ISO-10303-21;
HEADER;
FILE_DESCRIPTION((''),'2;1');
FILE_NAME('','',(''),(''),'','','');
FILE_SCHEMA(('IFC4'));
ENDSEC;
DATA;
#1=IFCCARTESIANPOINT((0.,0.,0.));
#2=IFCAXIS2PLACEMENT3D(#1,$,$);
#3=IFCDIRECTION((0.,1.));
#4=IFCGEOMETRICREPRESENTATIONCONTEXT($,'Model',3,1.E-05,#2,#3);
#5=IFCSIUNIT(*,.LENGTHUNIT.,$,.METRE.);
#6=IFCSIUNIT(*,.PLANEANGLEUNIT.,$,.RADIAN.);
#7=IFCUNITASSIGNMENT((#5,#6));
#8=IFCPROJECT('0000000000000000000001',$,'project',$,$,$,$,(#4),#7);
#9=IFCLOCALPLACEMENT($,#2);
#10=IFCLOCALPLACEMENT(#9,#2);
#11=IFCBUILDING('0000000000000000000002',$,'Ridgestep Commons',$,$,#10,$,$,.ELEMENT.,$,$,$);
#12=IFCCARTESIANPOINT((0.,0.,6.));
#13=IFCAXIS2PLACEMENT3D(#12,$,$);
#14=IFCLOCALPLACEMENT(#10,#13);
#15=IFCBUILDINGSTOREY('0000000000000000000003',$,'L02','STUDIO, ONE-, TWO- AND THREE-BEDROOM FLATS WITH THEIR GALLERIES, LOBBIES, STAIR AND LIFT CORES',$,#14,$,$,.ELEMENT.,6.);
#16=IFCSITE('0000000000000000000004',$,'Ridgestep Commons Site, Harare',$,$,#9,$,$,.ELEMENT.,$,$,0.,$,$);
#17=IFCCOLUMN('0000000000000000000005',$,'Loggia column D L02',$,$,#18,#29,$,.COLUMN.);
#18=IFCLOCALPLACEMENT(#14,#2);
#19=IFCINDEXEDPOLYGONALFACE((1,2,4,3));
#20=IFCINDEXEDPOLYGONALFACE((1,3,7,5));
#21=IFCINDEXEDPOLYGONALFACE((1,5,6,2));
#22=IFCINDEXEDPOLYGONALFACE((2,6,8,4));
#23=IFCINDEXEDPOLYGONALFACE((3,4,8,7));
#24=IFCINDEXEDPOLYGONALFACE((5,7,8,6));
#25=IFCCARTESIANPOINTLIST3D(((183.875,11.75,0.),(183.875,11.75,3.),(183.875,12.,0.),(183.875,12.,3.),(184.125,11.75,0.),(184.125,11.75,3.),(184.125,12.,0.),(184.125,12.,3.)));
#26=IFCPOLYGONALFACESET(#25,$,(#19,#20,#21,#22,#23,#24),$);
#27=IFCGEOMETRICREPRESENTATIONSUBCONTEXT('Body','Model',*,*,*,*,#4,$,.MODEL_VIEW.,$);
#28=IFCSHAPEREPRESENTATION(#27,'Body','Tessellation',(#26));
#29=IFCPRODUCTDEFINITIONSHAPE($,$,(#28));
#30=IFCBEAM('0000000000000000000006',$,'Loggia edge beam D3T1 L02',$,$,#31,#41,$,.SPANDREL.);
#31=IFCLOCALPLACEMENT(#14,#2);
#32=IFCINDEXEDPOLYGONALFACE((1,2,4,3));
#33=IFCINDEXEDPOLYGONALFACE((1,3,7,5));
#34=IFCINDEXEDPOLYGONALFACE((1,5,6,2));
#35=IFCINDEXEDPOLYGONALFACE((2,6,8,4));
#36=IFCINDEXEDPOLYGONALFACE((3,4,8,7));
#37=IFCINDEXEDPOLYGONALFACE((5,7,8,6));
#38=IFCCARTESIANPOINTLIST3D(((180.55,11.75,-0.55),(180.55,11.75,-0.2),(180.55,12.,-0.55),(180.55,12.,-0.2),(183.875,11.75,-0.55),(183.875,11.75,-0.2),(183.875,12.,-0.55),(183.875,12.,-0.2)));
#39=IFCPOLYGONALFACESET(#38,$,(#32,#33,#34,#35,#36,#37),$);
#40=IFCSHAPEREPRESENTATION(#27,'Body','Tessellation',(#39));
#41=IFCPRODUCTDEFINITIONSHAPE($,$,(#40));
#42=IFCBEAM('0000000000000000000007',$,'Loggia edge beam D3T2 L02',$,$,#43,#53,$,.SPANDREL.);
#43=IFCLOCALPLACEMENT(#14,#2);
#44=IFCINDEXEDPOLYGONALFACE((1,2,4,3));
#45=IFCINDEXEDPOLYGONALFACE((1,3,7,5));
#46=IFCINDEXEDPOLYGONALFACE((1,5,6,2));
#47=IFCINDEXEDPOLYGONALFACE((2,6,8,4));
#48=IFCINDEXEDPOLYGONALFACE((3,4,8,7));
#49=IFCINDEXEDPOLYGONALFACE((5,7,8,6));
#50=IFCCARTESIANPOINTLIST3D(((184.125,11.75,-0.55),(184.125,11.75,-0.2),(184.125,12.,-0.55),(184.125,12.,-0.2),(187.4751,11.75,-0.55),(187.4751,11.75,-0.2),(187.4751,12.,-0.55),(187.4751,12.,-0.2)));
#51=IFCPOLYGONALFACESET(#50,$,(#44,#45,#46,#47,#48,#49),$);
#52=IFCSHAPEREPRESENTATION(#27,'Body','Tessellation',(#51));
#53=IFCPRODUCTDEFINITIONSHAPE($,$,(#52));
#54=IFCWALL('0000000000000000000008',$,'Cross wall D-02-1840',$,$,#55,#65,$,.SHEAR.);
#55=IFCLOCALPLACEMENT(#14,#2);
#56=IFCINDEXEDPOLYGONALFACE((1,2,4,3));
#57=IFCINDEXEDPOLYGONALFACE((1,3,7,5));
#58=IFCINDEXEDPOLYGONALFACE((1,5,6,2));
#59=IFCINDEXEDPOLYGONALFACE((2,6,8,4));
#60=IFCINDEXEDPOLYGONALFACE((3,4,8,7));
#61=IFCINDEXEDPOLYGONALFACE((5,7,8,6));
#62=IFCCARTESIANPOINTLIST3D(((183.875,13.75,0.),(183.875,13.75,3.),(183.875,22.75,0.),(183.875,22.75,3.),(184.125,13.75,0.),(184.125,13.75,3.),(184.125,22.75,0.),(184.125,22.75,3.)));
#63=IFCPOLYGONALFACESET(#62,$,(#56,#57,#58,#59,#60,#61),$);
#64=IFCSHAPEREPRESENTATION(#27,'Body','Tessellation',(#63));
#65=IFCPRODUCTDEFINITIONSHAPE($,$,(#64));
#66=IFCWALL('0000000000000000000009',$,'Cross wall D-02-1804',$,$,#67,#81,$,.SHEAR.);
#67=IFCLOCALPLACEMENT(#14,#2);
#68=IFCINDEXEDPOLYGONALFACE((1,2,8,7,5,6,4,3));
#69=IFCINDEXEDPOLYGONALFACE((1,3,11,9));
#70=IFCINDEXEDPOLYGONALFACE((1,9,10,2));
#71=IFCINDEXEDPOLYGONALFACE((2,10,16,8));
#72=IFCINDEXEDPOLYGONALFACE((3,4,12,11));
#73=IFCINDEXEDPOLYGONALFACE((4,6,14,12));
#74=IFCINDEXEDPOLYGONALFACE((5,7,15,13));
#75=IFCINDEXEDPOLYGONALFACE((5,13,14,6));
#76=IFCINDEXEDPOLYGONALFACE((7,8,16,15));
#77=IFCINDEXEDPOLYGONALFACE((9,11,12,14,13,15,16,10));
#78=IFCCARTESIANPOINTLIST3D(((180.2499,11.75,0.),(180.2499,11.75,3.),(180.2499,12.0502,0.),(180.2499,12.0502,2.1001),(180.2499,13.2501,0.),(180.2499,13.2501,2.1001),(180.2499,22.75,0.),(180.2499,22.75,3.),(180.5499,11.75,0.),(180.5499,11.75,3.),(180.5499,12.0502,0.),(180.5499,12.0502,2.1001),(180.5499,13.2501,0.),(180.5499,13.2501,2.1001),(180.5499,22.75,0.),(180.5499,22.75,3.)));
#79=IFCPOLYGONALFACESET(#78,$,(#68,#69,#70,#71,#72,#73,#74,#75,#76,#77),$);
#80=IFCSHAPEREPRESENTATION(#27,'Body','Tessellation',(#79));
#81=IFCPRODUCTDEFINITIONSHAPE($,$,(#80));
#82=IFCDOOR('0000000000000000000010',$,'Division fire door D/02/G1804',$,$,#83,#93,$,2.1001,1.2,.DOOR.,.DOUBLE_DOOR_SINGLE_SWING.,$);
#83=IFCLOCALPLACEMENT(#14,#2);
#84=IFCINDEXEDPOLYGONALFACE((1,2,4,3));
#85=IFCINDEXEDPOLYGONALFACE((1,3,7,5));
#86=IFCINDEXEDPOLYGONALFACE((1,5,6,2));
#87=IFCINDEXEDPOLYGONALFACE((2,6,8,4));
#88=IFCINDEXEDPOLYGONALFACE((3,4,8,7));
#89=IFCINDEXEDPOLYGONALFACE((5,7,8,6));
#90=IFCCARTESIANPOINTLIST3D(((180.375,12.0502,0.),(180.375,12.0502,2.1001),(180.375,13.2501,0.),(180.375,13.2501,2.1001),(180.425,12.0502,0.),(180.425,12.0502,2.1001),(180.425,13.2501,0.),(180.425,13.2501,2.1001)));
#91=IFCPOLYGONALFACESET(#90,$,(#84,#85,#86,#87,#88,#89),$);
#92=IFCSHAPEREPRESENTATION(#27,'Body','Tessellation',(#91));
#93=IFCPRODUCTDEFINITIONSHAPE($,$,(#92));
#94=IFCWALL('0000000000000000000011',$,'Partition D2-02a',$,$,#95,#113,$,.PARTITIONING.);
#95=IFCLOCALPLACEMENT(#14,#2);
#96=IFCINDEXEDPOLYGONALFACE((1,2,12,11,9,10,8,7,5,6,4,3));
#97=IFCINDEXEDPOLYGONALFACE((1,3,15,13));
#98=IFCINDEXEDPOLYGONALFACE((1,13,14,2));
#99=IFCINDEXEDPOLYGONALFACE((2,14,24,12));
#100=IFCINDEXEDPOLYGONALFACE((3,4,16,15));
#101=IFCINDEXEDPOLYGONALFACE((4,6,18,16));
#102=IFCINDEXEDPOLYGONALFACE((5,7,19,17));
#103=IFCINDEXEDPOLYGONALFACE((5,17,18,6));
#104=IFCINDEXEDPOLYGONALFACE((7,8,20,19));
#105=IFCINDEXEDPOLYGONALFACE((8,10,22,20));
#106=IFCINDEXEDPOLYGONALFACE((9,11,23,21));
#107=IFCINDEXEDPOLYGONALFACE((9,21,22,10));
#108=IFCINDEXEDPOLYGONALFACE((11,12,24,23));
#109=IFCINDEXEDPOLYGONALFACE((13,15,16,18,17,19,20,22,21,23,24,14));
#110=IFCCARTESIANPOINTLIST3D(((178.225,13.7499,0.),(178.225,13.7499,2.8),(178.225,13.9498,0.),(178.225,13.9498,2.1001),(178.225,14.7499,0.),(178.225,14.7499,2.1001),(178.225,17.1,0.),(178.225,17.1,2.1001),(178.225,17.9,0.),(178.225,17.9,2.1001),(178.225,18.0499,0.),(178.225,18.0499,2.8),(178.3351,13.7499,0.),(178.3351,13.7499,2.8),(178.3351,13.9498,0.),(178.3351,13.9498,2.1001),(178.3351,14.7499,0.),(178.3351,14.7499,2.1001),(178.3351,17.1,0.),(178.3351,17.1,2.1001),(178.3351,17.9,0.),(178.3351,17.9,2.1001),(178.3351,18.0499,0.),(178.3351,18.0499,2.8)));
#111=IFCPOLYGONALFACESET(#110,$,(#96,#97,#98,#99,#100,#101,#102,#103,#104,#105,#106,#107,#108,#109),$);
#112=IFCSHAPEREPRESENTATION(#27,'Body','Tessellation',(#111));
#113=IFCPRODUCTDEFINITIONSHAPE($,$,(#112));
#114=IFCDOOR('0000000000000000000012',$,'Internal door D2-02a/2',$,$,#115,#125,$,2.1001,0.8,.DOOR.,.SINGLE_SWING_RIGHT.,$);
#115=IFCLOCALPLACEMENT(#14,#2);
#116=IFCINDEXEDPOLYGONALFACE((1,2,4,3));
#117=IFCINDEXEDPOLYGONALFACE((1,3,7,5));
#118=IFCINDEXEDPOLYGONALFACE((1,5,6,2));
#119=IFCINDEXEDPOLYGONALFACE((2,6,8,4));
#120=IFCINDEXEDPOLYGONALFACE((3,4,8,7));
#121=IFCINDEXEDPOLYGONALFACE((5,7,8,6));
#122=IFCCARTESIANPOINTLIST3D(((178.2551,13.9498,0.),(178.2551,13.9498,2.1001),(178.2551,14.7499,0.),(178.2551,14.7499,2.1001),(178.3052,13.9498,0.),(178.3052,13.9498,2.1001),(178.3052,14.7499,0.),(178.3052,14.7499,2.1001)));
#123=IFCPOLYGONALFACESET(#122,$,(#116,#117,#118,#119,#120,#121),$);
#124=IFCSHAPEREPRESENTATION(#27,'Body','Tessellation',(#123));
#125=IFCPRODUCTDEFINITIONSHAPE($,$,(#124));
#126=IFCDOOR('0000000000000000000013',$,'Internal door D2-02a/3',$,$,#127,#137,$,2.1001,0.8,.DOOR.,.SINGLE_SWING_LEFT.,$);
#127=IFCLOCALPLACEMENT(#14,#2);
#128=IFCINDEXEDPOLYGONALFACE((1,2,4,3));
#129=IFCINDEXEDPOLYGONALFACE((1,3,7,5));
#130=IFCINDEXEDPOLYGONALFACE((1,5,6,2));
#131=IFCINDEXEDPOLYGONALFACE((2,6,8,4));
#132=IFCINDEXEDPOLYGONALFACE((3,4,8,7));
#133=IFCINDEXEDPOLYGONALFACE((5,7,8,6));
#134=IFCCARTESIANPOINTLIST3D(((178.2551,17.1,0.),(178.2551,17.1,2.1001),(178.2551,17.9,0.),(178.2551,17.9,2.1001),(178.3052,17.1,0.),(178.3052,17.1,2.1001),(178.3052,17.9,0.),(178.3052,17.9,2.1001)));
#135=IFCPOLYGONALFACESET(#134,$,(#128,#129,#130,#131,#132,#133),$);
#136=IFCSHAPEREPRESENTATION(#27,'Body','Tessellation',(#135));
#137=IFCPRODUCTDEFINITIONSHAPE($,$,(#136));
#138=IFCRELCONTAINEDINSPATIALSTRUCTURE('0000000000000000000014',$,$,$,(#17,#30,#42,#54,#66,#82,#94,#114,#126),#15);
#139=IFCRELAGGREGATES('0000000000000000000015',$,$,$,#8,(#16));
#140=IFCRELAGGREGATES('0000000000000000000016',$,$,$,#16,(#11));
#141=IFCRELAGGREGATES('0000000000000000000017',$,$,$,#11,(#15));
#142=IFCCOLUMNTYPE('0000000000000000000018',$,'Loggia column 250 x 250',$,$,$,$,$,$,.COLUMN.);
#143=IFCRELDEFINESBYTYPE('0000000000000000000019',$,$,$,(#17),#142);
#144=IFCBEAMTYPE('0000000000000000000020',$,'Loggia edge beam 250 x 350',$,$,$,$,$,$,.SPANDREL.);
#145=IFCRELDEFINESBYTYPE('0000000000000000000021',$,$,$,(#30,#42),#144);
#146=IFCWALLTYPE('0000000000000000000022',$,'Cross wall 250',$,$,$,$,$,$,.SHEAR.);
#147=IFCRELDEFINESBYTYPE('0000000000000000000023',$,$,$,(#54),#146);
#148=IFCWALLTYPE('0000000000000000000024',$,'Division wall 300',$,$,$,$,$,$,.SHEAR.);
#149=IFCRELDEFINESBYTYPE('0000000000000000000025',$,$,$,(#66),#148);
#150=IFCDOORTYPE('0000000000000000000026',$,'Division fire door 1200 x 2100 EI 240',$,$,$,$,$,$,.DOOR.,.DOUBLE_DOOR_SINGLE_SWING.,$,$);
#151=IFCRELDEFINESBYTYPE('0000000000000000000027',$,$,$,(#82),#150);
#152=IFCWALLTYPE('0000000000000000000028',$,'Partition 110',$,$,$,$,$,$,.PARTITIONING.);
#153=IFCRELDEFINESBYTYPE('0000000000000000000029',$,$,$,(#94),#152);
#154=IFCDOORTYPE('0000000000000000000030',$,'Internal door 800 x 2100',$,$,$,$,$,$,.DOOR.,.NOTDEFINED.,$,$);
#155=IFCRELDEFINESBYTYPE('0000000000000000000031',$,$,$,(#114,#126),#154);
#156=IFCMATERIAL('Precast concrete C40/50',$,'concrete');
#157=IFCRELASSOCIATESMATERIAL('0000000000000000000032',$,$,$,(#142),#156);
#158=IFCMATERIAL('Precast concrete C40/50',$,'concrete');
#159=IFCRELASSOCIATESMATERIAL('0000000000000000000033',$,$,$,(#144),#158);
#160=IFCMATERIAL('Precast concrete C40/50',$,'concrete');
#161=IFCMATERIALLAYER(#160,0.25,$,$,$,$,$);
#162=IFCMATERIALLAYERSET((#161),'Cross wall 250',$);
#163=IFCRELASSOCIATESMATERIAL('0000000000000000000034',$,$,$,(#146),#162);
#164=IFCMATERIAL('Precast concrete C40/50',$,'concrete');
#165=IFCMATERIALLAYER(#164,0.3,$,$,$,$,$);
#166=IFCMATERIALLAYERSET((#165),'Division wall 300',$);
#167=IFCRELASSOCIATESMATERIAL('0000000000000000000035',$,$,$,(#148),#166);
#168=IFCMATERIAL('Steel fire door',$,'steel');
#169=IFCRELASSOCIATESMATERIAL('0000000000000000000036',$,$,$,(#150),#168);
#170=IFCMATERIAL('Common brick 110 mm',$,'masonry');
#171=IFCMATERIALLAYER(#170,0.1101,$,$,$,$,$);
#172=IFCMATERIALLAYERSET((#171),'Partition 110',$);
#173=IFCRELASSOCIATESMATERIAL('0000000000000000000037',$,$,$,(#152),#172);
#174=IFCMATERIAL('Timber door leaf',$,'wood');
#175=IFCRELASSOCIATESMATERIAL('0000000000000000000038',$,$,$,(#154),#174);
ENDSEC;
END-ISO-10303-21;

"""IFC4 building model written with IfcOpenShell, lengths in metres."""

from ifc_helpers import new_model, si_unit, direction, frame, frame_2d, origin, origin_2d, place, context, subcontext, project, spatial, rectangle, extrude, material, layer, layer_set, material_profile, profile_set, type_object, element, fill, save


model = new_model("IFC4")

# Units and contexts
model_context = context("Model", 3, precision=1e-05, world=origin(), true_north=direction((0.0, 1.0)))
body_context = subcontext(model_context, "Body", "Model", "MODEL_VIEW")
ifc_project = project(units=[si_unit("LENGTHUNIT", "METRE"), si_unit("PLANEANGLEUNIT", "RADIAN")], contexts=[model_context])

# Site, building, storey
site_placement = place(None, origin())
site = spatial("IfcSite", under=ifc_project, at=site_placement, Name="Ridgestep Commons Site, Harare", CompositionType="ELEMENT", RefElevation=0.0)
building_placement = place(site_placement, origin())
building = spatial("IfcBuilding", under=site, at=building_placement, Name="Ridgestep Commons", CompositionType="ELEMENT")
storey_placement = place(building_placement, frame((0.0, 0.0, 6.0)))
storey = spatial("IfcBuildingStorey", under=building, at=storey_placement, Name="L02", Description="STUDIO, ONE-, TWO- AND THREE-BEDROOM FLATS WITH THEIR GALLERIES, LOBBIES, STAIR AND LIFT CORES", CompositionType="ELEMENT", Elevation=6.0)

# Column
ifc_material_1 = material(Name="Precast concrete C40/50", Category="concrete")
ifc_material_profile_1 = material_profile(ifc_material_1, rectangle(XDim=0.25, YDim=0.25, at=origin_2d()), Name="PC 250x250")
ifc_profile_set_1 = profile_set([ifc_material_profile_1], Name="Precast concrete C40/50")
column_type = type_object("IfcColumnType", Name="Loggia column 250 x 250", PredefinedType="COLUMN", material=ifc_profile_set_1)
column_placement = place(storey_placement, frame((184.0, 11.875, 0.0), z_axis=(0.0, 0.0, 1.0), x_axis=(1.0, 0.0, 0.0)))
element("IfcColumn", 1, at=column_placement, inside=storey, type_object=column_type, Name="Loggia column D L02", PredefinedType="COLUMN", context=body_context, shape_type="SweptSolid", body=[
    extrude(rectangle(XDim=0.25, YDim=0.25, at=origin_2d()), origin(), (0.0, 0.0, 1.0), 3.0),
])

# Beams
ifc_material_2 = material(Name="Precast concrete C40/50", Category="concrete")
ifc_material_profile_2 = material_profile(ifc_material_2, rectangle(XDim=0.25, YDim=0.3501, at=origin_2d()), Name="PC 250x350")
ifc_profile_set_2 = profile_set([ifc_material_profile_2], Name="Precast concrete C40/50")
beam_type = type_object("IfcBeamType", Name="Loggia edge beam 250 x 350", PredefinedType="SPANDREL", material=ifc_profile_set_2)
beam_1_placement = place(storey_placement, frame((180.55, 11.875, -0.375), z_axis=(1.0, 0.0, 0.0), x_axis=(0.0, 1.0, 0.0)))
element("IfcBeam", 2, at=beam_1_placement, inside=storey, type_object=beam_type, Name="Loggia edge beam D3T1 L02", PredefinedType="SPANDREL", context=body_context, shape_type="SweptSolid", body=[
    extrude(rectangle(XDim=0.25, YDim=0.3501, at=origin_2d()), origin(), (0.0, 0.0, 1.0), 3.325),
])
beam_2_placement = place(storey_placement, frame((184.125, 11.875, -0.375), z_axis=(1.0, 0.0, 0.0), x_axis=(0.0, 1.0, 0.0)))
element("IfcBeam", 3, at=beam_2_placement, inside=storey, type_object=beam_type, Name="Loggia edge beam D3T2 L02", PredefinedType="SPANDREL", context=body_context, shape_type="SweptSolid", body=[
    extrude(rectangle(XDim=0.25, YDim=0.3501, at=origin_2d()), origin(), (0.0, 0.0, 1.0), 3.3501),
])

# Wall
ifc_material_3 = material(Name="Precast concrete C40/50", Category="concrete")
ifc_layer_1 = layer(ifc_material_3, 0.25)
ifc_layer_set_1 = layer_set([ifc_layer_1], Name="Cross wall 250")
wall_type_1 = type_object("IfcWallType", Name="Cross wall 250", PredefinedType="SHEAR", material=ifc_layer_set_1)
wall_1_placement = place(storey_placement, frame((184.0, 13.75, 0.0), z_axis=(0.0, 0.0, 1.0), x_axis=(0.0, 1.0, 0.0)))
element("IfcWall", 4, at=wall_1_placement, inside=storey, type_object=wall_type_1, Name="Cross wall D-02-1840", PredefinedType="SHEAR", context=body_context, shape_type="SweptSolid", body=[
    extrude(rectangle(XDim=9.0, YDim=0.25, at=frame_2d((4.5, 0.0))), origin(), (0.0, 0.0, 1.0), 3.0),
])

# Wall, opening, door
ifc_material_4 = material(Name="Precast concrete C40/50", Category="concrete")
ifc_layer_2 = layer(ifc_material_4, 0.3)
ifc_layer_set_2 = layer_set([ifc_layer_2], Name="Division wall 300")
wall_type_2 = type_object("IfcWallType", Name="Division wall 300", PredefinedType="SHEAR", material=ifc_layer_set_2)
wall_2_placement = place(storey_placement, frame((180.3999, 11.75, 0.0), z_axis=(0.0, 0.0, 1.0), x_axis=(0.0, 1.0, 0.0)))
wall_2 = element("IfcWall", 5, at=wall_2_placement, inside=storey, type_object=wall_type_2, Name="Cross wall D-02-1804", PredefinedType="SHEAR", context=body_context, shape_type="SweptSolid", body=[
    extrude(rectangle(XDim=11.0, YDim=0.3, at=frame_2d((5.5, 0.0))), origin(), (0.0, 0.0, 1.0), 3.0),
])
opening_1_placement = place(wall_2_placement, frame((0.3, 0.0, 0.0)))
opening_1 = element("IfcOpeningElement", 6, at=opening_1_placement, cuts=wall_2, PredefinedType="OPENING", context=body_context, shape_type="SweptSolid", body=[
    extrude(rectangle(XDim=1.2, YDim=2.1001, at=frame_2d((0.6001, 1.05))), frame((0.0, 0.1599, 0.0), z_axis=(0.0, -1.0, 0.0), x_axis=(1.0, 0.0, 0.0)), (0.0, 0.0, 1.0), 0.3201),
])
ifc_material_5 = material(Name="Steel fire door", Category="steel")
door_type_1 = type_object("IfcDoorType", Name="Division fire door 1200 x 2100 EI 240", OperationType="DOUBLE_DOOR_SINGLE_SWING", PredefinedType="DOOR", material=ifc_material_5)
door_1_placement = place(opening_1_placement, origin())
door_1 = element("IfcDoor", 7, at=door_1_placement, inside=storey, type_object=door_type_1, Name="Division fire door D/02/G1804", OperationType="DOUBLE_DOOR_SINGLE_SWING", OverallHeight=2.1001, OverallWidth=1.2, PredefinedType="DOOR", context=body_context, shape_type="SweptSolid", body=[
    extrude(rectangle(XDim=1.2, YDim=2.1001, at=frame_2d((0.6001, 1.05))), frame((0.0, 0.0249, 0.0), z_axis=(0.0, -1.0, 0.0), x_axis=(1.0, 0.0, 0.0)), (0.0, 0.0, 1.0), 0.05),
])
fill(opening_1, door_1)

# Wall, openings, doors
ifc_material_6 = material(Name="Common brick 110 mm", Category="masonry")
ifc_layer_3 = layer(ifc_material_6, 0.1101)
ifc_layer_set_3 = layer_set([ifc_layer_3], Name="Partition 110")
wall_type_3 = type_object("IfcWallType", Name="Partition 110", PredefinedType="PARTITIONING", material=ifc_layer_set_3)
wall_3_placement = place(storey_placement, frame((178.28, 13.75, 0.0), z_axis=(0.0, 0.0, 1.0), x_axis=(0.0, 1.0, 0.0)))
wall_3 = element("IfcWall", 8, at=wall_3_placement, inside=storey, type_object=wall_type_3, Name="Partition D2-02a", PredefinedType="PARTITIONING", context=body_context, shape_type="SweptSolid", body=[
    extrude(rectangle(XDim=4.3, YDim=0.1101, at=frame_2d((2.1499, 0.0))), origin(), (0.0, 0.0, 1.0), 2.8),
])
opening_2_placement = place(wall_3_placement, frame((0.2, 0.0, 0.0)))
opening_2 = element("IfcOpeningElement", 9, at=opening_2_placement, cuts=wall_3, PredefinedType="OPENING", context=body_context, shape_type="SweptSolid", body=[
    extrude(rectangle(XDim=0.8, YDim=2.1001, at=frame_2d((0.3999, 1.05))), frame((0.0, 0.0649, 0.0), z_axis=(0.0, -1.0, 0.0), x_axis=(1.0, 0.0, 0.0)), (0.0, 0.0, 1.0), 0.1301),
])
opening_3_placement = place(wall_3_placement, frame((3.3501, 0.0, 0.0)))
opening_3 = element("IfcOpeningElement", 10, at=opening_3_placement, cuts=wall_3, PredefinedType="OPENING", context=body_context, shape_type="SweptSolid", body=[
    extrude(rectangle(XDim=0.8, YDim=2.1001, at=frame_2d((0.3999, 1.05))), frame((0.0, 0.0649, 0.0), z_axis=(0.0, -1.0, 0.0), x_axis=(1.0, 0.0, 0.0)), (0.0, 0.0, 1.0), 0.1301),
])
ifc_material_7 = material(Name="Timber door leaf", Category="wood")
door_type_2 = type_object("IfcDoorType", Name="Internal door 800 x 2100", OperationType="NOTDEFINED", PredefinedType="DOOR", material=ifc_material_7)
door_2_placement = place(opening_2_placement, origin())
door_2 = element("IfcDoor", 11, at=door_2_placement, inside=storey, type_object=door_type_2, Name="Internal door D2-02a/2", OperationType="SINGLE_SWING_RIGHT", OverallHeight=2.1001, OverallWidth=0.8, PredefinedType="DOOR", context=body_context, shape_type="SweptSolid", body=[
    extrude(rectangle(XDim=0.8, YDim=2.1001, at=frame_2d((0.3999, 1.05))), frame((0.0, 0.0249, 0.0), z_axis=(0.0, -1.0, 0.0), x_axis=(1.0, 0.0, 0.0)), (0.0, 0.0, 1.0), 0.05),
])
fill(opening_2, door_2)
door_3_placement = place(opening_3_placement, origin())
door_3 = element("IfcDoor", 12, at=door_3_placement, inside=storey, type_object=door_type_2, Name="Internal door D2-02a/3", OperationType="SINGLE_SWING_LEFT", OverallHeight=2.1001, OverallWidth=0.8, PredefinedType="DOOR", context=body_context, shape_type="SweptSolid", body=[
    extrude(rectangle(XDim=0.8, YDim=2.1001, at=frame_2d((0.3999, 1.05))), frame((0.0, 0.0249, 0.0), z_axis=(0.0, -1.0, 0.0), x_axis=(1.0, 0.0, 0.0)), (0.0, 0.0, 1.0), 0.05),
])
fill(opening_3, door_3)

save(model, "model.ifc")
